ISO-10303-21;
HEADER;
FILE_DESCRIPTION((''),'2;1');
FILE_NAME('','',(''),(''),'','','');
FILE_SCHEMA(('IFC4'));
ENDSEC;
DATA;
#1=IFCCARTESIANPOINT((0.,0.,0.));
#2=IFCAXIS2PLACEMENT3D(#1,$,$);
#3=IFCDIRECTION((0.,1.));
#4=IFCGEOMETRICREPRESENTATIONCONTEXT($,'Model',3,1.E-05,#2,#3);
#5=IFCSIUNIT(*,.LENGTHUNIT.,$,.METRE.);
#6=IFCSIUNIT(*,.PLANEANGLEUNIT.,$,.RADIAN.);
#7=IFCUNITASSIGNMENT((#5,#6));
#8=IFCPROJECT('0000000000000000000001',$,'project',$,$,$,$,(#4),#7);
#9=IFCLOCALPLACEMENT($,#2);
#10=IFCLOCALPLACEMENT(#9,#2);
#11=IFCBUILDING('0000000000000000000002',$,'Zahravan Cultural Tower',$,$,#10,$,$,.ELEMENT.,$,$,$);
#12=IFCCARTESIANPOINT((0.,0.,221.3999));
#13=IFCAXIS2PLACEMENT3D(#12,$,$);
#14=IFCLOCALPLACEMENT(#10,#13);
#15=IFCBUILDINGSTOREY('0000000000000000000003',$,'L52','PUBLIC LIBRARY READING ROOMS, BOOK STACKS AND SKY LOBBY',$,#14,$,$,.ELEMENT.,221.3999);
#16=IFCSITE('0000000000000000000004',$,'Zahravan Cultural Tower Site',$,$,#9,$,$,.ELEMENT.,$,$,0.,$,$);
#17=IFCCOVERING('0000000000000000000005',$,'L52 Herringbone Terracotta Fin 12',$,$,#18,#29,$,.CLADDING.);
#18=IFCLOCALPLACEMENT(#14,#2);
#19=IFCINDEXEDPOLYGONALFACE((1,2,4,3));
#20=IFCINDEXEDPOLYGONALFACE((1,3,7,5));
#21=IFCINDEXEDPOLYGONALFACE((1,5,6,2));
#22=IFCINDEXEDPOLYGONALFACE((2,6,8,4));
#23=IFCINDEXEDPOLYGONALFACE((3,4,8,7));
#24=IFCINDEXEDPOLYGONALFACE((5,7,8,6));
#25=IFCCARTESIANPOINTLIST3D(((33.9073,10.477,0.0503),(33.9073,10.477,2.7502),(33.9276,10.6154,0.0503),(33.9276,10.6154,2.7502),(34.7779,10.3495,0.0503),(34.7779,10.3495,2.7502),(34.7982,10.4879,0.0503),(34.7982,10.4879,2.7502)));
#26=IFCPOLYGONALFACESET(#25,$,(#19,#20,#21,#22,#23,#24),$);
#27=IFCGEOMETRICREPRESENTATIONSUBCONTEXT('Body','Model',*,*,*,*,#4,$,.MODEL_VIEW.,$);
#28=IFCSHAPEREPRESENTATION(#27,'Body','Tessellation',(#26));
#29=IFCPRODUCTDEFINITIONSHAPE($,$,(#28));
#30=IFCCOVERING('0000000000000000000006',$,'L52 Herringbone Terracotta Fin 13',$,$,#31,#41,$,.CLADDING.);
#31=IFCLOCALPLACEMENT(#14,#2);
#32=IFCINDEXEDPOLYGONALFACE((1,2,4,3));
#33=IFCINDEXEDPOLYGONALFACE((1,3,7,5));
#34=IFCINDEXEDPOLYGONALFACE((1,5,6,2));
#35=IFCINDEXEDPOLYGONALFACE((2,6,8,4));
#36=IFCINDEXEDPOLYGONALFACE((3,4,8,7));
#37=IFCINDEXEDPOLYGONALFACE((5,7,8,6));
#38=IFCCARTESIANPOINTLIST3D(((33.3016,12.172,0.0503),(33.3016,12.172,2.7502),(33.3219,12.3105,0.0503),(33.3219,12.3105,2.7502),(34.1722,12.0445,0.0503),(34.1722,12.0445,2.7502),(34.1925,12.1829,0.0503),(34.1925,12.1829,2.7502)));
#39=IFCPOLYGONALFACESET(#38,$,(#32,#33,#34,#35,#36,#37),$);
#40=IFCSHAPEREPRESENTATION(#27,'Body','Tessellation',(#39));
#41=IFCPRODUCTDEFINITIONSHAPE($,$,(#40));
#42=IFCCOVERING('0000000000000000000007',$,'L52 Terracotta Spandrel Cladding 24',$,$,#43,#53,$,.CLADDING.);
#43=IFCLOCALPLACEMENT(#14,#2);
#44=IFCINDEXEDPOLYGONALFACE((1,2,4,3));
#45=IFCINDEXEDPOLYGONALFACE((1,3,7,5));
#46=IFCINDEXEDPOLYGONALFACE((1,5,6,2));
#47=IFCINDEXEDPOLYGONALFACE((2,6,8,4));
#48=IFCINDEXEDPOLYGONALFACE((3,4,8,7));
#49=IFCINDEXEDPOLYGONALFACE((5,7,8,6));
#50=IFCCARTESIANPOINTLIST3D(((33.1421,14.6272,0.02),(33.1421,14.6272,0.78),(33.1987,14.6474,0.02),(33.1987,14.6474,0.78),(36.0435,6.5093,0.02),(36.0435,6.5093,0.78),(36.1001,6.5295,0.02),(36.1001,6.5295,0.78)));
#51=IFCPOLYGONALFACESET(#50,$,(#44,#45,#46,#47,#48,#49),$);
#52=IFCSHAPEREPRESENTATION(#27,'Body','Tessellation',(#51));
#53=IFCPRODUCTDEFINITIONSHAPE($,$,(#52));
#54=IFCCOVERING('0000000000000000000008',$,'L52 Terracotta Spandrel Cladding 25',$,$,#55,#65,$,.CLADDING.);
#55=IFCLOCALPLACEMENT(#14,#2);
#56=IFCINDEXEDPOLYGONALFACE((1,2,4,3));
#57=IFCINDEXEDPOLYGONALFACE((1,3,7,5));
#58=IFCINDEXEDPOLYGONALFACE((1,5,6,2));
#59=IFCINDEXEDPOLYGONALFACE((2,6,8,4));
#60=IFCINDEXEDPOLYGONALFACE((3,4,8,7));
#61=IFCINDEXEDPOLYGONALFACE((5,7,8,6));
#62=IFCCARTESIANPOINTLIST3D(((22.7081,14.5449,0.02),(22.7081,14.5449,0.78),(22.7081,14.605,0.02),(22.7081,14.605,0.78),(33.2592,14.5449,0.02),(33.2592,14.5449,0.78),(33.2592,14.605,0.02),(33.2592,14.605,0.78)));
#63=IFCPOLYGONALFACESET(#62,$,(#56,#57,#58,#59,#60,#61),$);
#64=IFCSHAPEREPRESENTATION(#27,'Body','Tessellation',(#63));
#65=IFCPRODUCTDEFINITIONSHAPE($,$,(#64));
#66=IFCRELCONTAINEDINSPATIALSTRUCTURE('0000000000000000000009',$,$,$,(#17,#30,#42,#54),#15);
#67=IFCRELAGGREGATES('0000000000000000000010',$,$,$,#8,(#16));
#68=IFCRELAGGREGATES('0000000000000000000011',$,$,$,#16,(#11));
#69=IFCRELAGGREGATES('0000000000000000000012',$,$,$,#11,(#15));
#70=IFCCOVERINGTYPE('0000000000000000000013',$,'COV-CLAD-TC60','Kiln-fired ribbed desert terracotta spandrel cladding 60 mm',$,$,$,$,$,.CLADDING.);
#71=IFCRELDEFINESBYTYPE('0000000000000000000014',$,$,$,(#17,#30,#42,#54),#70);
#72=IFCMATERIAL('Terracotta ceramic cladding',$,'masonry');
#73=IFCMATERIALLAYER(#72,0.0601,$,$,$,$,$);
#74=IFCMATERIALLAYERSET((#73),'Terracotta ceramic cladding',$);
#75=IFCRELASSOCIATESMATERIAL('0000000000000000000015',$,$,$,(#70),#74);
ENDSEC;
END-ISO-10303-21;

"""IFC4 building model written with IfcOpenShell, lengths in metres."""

from ifc_helpers import new_model, si_unit, direction, frame, origin, origin_2d, place, context, subcontext, project, spatial, rectangle, extrude, source, transform, mapped, material, layer, layer_set, type_object, element, save


model = new_model("IFC4")

# Units and contexts
model_context = context("Model", 3, precision=1e-05, world=origin(), true_north=direction((0.0, 1.0)))
body_context = subcontext(model_context, "Body", "Model", "MODEL_VIEW")
ifc_project = project(units=[si_unit("LENGTHUNIT", "METRE"), si_unit("PLANEANGLEUNIT", "RADIAN")], contexts=[model_context])

# Site, building, storey
site_placement = place(None, origin())
site = spatial("IfcSite", under=ifc_project, at=site_placement, Name="Zahravan Cultural Tower Site", CompositionType="ELEMENT", RefElevation=0.0)
building_placement = place(site_placement, origin())
building = spatial("IfcBuilding", under=site, at=building_placement, Name="Zahravan Cultural Tower", CompositionType="ELEMENT")
storey_placement = place(building_placement, frame((0.0, 0.0, 221.3999)))
storey = spatial("IfcBuildingStorey", under=building, at=storey_placement, Name="L52", Description="PUBLIC LIBRARY READING ROOMS, BOOK STACKS AND SKY LOBBY", CompositionType="ELEMENT", Elevation=221.3999)

# Coverings
ifc_material_1 = material(Name="Terracotta ceramic cladding", Category="masonry")
ifc_layer_1 = layer(ifc_material_1, 0.0601)
ifc_layer_set_1 = layer_set([ifc_layer_1], Name="Terracotta ceramic cladding")
covering_type = type_object("IfcCoveringType", Name="COV-CLAD-TC60", Description="Kiln-fired ribbed desert terracotta spandrel cladding 60 mm", PredefinedType="CLADDING", material=ifc_layer_set_1)
shared_shape_1 = source(origin(), body_context, "Body", "SweptSolid", [
    extrude(rectangle(XDim=0.8799, YDim=0.1399, at=origin_2d()), origin(), (0.0, 0.0, 1.0), 2.7),
])
for number, where, z_axis, x_axis, name in (
    (1, (34.3528, 10.4824, 0.0503), (0.0, 0.0, 1.0), (-0.989442, 0.144926, 0.0), "L52 Herringbone Terracotta Fin 12"),
    (2, (33.7471, 12.1775, 0.0503), (0.0, 0.0, 1.0), (-0.989442, 0.144926, 0.0), "L52 Herringbone Terracotta Fin 13"),
):
    element("IfcCovering", number, at=place(storey_placement, frame(where, z_axis=z_axis, x_axis=x_axis)), inside=storey, type_object=covering_type, Name=name, PredefinedType="CLADDING", context=body_context, shape_type="MappedRepresentation", body=[
        mapped(shared_shape_1, transform((0.0, 0.0, 0.0), x_axis=(1.0, 0.0, 0.0), y_axis=(0.0, 1.0, 0.0), z_axis=(0.0, 0.0, 1.0), scale=1.0)),
    ])
shared_shape_2 = source(origin(), body_context, "Body", "SweptSolid", [
    extrude(rectangle(XDim=8.6208, YDim=0.0601, at=origin_2d()), origin(), (0.0, 0.0, 1.0), 0.76),
])
covering_1_placement = place(storey_placement, frame((34.6211, 10.5784, 0.02), z_axis=(0.0, 0.0, 1.0), x_axis=(-0.336553, 0.941665, 0.0)))
element("IfcCovering", 3, at=covering_1_placement, inside=storey, type_object=covering_type, Name="L52 Terracotta Spandrel Cladding 24", PredefinedType="CLADDING", context=body_context, shape_type="MappedRepresentation", body=[
    mapped(shared_shape_2, transform((0.0, 0.0, 0.0), x_axis=(1.0, 0.0, 0.0), y_axis=(0.0, 1.0, 0.0), z_axis=(0.0, 0.0, 1.0), scale=1.0)),
])
shared_shape_3 = source(origin(), body_context, "Body", "SweptSolid", [
    extrude(rectangle(XDim=10.551, YDim=0.0601, at=origin_2d()), origin(), (0.0, 0.0, 1.0), 0.76),
])
covering_2_placement = place(storey_placement, frame((27.9836, 14.575, 0.02), z_axis=(0.0, 0.0, 1.0), x_axis=(-1.0, 0.0, 0.0)))
element("IfcCovering", 4, at=covering_2_placement, inside=storey, type_object=covering_type, Name="L52 Terracotta Spandrel Cladding 25", PredefinedType="CLADDING", context=body_context, shape_type="MappedRepresentation", body=[
    mapped(shared_shape_3, transform((0.0, 0.0, 0.0), x_axis=(1.0, 0.0, 0.0), y_axis=(0.0, 1.0, 0.0), z_axis=(0.0, 0.0, 1.0), scale=1.0)),
])

save(model, "model.ifc")
